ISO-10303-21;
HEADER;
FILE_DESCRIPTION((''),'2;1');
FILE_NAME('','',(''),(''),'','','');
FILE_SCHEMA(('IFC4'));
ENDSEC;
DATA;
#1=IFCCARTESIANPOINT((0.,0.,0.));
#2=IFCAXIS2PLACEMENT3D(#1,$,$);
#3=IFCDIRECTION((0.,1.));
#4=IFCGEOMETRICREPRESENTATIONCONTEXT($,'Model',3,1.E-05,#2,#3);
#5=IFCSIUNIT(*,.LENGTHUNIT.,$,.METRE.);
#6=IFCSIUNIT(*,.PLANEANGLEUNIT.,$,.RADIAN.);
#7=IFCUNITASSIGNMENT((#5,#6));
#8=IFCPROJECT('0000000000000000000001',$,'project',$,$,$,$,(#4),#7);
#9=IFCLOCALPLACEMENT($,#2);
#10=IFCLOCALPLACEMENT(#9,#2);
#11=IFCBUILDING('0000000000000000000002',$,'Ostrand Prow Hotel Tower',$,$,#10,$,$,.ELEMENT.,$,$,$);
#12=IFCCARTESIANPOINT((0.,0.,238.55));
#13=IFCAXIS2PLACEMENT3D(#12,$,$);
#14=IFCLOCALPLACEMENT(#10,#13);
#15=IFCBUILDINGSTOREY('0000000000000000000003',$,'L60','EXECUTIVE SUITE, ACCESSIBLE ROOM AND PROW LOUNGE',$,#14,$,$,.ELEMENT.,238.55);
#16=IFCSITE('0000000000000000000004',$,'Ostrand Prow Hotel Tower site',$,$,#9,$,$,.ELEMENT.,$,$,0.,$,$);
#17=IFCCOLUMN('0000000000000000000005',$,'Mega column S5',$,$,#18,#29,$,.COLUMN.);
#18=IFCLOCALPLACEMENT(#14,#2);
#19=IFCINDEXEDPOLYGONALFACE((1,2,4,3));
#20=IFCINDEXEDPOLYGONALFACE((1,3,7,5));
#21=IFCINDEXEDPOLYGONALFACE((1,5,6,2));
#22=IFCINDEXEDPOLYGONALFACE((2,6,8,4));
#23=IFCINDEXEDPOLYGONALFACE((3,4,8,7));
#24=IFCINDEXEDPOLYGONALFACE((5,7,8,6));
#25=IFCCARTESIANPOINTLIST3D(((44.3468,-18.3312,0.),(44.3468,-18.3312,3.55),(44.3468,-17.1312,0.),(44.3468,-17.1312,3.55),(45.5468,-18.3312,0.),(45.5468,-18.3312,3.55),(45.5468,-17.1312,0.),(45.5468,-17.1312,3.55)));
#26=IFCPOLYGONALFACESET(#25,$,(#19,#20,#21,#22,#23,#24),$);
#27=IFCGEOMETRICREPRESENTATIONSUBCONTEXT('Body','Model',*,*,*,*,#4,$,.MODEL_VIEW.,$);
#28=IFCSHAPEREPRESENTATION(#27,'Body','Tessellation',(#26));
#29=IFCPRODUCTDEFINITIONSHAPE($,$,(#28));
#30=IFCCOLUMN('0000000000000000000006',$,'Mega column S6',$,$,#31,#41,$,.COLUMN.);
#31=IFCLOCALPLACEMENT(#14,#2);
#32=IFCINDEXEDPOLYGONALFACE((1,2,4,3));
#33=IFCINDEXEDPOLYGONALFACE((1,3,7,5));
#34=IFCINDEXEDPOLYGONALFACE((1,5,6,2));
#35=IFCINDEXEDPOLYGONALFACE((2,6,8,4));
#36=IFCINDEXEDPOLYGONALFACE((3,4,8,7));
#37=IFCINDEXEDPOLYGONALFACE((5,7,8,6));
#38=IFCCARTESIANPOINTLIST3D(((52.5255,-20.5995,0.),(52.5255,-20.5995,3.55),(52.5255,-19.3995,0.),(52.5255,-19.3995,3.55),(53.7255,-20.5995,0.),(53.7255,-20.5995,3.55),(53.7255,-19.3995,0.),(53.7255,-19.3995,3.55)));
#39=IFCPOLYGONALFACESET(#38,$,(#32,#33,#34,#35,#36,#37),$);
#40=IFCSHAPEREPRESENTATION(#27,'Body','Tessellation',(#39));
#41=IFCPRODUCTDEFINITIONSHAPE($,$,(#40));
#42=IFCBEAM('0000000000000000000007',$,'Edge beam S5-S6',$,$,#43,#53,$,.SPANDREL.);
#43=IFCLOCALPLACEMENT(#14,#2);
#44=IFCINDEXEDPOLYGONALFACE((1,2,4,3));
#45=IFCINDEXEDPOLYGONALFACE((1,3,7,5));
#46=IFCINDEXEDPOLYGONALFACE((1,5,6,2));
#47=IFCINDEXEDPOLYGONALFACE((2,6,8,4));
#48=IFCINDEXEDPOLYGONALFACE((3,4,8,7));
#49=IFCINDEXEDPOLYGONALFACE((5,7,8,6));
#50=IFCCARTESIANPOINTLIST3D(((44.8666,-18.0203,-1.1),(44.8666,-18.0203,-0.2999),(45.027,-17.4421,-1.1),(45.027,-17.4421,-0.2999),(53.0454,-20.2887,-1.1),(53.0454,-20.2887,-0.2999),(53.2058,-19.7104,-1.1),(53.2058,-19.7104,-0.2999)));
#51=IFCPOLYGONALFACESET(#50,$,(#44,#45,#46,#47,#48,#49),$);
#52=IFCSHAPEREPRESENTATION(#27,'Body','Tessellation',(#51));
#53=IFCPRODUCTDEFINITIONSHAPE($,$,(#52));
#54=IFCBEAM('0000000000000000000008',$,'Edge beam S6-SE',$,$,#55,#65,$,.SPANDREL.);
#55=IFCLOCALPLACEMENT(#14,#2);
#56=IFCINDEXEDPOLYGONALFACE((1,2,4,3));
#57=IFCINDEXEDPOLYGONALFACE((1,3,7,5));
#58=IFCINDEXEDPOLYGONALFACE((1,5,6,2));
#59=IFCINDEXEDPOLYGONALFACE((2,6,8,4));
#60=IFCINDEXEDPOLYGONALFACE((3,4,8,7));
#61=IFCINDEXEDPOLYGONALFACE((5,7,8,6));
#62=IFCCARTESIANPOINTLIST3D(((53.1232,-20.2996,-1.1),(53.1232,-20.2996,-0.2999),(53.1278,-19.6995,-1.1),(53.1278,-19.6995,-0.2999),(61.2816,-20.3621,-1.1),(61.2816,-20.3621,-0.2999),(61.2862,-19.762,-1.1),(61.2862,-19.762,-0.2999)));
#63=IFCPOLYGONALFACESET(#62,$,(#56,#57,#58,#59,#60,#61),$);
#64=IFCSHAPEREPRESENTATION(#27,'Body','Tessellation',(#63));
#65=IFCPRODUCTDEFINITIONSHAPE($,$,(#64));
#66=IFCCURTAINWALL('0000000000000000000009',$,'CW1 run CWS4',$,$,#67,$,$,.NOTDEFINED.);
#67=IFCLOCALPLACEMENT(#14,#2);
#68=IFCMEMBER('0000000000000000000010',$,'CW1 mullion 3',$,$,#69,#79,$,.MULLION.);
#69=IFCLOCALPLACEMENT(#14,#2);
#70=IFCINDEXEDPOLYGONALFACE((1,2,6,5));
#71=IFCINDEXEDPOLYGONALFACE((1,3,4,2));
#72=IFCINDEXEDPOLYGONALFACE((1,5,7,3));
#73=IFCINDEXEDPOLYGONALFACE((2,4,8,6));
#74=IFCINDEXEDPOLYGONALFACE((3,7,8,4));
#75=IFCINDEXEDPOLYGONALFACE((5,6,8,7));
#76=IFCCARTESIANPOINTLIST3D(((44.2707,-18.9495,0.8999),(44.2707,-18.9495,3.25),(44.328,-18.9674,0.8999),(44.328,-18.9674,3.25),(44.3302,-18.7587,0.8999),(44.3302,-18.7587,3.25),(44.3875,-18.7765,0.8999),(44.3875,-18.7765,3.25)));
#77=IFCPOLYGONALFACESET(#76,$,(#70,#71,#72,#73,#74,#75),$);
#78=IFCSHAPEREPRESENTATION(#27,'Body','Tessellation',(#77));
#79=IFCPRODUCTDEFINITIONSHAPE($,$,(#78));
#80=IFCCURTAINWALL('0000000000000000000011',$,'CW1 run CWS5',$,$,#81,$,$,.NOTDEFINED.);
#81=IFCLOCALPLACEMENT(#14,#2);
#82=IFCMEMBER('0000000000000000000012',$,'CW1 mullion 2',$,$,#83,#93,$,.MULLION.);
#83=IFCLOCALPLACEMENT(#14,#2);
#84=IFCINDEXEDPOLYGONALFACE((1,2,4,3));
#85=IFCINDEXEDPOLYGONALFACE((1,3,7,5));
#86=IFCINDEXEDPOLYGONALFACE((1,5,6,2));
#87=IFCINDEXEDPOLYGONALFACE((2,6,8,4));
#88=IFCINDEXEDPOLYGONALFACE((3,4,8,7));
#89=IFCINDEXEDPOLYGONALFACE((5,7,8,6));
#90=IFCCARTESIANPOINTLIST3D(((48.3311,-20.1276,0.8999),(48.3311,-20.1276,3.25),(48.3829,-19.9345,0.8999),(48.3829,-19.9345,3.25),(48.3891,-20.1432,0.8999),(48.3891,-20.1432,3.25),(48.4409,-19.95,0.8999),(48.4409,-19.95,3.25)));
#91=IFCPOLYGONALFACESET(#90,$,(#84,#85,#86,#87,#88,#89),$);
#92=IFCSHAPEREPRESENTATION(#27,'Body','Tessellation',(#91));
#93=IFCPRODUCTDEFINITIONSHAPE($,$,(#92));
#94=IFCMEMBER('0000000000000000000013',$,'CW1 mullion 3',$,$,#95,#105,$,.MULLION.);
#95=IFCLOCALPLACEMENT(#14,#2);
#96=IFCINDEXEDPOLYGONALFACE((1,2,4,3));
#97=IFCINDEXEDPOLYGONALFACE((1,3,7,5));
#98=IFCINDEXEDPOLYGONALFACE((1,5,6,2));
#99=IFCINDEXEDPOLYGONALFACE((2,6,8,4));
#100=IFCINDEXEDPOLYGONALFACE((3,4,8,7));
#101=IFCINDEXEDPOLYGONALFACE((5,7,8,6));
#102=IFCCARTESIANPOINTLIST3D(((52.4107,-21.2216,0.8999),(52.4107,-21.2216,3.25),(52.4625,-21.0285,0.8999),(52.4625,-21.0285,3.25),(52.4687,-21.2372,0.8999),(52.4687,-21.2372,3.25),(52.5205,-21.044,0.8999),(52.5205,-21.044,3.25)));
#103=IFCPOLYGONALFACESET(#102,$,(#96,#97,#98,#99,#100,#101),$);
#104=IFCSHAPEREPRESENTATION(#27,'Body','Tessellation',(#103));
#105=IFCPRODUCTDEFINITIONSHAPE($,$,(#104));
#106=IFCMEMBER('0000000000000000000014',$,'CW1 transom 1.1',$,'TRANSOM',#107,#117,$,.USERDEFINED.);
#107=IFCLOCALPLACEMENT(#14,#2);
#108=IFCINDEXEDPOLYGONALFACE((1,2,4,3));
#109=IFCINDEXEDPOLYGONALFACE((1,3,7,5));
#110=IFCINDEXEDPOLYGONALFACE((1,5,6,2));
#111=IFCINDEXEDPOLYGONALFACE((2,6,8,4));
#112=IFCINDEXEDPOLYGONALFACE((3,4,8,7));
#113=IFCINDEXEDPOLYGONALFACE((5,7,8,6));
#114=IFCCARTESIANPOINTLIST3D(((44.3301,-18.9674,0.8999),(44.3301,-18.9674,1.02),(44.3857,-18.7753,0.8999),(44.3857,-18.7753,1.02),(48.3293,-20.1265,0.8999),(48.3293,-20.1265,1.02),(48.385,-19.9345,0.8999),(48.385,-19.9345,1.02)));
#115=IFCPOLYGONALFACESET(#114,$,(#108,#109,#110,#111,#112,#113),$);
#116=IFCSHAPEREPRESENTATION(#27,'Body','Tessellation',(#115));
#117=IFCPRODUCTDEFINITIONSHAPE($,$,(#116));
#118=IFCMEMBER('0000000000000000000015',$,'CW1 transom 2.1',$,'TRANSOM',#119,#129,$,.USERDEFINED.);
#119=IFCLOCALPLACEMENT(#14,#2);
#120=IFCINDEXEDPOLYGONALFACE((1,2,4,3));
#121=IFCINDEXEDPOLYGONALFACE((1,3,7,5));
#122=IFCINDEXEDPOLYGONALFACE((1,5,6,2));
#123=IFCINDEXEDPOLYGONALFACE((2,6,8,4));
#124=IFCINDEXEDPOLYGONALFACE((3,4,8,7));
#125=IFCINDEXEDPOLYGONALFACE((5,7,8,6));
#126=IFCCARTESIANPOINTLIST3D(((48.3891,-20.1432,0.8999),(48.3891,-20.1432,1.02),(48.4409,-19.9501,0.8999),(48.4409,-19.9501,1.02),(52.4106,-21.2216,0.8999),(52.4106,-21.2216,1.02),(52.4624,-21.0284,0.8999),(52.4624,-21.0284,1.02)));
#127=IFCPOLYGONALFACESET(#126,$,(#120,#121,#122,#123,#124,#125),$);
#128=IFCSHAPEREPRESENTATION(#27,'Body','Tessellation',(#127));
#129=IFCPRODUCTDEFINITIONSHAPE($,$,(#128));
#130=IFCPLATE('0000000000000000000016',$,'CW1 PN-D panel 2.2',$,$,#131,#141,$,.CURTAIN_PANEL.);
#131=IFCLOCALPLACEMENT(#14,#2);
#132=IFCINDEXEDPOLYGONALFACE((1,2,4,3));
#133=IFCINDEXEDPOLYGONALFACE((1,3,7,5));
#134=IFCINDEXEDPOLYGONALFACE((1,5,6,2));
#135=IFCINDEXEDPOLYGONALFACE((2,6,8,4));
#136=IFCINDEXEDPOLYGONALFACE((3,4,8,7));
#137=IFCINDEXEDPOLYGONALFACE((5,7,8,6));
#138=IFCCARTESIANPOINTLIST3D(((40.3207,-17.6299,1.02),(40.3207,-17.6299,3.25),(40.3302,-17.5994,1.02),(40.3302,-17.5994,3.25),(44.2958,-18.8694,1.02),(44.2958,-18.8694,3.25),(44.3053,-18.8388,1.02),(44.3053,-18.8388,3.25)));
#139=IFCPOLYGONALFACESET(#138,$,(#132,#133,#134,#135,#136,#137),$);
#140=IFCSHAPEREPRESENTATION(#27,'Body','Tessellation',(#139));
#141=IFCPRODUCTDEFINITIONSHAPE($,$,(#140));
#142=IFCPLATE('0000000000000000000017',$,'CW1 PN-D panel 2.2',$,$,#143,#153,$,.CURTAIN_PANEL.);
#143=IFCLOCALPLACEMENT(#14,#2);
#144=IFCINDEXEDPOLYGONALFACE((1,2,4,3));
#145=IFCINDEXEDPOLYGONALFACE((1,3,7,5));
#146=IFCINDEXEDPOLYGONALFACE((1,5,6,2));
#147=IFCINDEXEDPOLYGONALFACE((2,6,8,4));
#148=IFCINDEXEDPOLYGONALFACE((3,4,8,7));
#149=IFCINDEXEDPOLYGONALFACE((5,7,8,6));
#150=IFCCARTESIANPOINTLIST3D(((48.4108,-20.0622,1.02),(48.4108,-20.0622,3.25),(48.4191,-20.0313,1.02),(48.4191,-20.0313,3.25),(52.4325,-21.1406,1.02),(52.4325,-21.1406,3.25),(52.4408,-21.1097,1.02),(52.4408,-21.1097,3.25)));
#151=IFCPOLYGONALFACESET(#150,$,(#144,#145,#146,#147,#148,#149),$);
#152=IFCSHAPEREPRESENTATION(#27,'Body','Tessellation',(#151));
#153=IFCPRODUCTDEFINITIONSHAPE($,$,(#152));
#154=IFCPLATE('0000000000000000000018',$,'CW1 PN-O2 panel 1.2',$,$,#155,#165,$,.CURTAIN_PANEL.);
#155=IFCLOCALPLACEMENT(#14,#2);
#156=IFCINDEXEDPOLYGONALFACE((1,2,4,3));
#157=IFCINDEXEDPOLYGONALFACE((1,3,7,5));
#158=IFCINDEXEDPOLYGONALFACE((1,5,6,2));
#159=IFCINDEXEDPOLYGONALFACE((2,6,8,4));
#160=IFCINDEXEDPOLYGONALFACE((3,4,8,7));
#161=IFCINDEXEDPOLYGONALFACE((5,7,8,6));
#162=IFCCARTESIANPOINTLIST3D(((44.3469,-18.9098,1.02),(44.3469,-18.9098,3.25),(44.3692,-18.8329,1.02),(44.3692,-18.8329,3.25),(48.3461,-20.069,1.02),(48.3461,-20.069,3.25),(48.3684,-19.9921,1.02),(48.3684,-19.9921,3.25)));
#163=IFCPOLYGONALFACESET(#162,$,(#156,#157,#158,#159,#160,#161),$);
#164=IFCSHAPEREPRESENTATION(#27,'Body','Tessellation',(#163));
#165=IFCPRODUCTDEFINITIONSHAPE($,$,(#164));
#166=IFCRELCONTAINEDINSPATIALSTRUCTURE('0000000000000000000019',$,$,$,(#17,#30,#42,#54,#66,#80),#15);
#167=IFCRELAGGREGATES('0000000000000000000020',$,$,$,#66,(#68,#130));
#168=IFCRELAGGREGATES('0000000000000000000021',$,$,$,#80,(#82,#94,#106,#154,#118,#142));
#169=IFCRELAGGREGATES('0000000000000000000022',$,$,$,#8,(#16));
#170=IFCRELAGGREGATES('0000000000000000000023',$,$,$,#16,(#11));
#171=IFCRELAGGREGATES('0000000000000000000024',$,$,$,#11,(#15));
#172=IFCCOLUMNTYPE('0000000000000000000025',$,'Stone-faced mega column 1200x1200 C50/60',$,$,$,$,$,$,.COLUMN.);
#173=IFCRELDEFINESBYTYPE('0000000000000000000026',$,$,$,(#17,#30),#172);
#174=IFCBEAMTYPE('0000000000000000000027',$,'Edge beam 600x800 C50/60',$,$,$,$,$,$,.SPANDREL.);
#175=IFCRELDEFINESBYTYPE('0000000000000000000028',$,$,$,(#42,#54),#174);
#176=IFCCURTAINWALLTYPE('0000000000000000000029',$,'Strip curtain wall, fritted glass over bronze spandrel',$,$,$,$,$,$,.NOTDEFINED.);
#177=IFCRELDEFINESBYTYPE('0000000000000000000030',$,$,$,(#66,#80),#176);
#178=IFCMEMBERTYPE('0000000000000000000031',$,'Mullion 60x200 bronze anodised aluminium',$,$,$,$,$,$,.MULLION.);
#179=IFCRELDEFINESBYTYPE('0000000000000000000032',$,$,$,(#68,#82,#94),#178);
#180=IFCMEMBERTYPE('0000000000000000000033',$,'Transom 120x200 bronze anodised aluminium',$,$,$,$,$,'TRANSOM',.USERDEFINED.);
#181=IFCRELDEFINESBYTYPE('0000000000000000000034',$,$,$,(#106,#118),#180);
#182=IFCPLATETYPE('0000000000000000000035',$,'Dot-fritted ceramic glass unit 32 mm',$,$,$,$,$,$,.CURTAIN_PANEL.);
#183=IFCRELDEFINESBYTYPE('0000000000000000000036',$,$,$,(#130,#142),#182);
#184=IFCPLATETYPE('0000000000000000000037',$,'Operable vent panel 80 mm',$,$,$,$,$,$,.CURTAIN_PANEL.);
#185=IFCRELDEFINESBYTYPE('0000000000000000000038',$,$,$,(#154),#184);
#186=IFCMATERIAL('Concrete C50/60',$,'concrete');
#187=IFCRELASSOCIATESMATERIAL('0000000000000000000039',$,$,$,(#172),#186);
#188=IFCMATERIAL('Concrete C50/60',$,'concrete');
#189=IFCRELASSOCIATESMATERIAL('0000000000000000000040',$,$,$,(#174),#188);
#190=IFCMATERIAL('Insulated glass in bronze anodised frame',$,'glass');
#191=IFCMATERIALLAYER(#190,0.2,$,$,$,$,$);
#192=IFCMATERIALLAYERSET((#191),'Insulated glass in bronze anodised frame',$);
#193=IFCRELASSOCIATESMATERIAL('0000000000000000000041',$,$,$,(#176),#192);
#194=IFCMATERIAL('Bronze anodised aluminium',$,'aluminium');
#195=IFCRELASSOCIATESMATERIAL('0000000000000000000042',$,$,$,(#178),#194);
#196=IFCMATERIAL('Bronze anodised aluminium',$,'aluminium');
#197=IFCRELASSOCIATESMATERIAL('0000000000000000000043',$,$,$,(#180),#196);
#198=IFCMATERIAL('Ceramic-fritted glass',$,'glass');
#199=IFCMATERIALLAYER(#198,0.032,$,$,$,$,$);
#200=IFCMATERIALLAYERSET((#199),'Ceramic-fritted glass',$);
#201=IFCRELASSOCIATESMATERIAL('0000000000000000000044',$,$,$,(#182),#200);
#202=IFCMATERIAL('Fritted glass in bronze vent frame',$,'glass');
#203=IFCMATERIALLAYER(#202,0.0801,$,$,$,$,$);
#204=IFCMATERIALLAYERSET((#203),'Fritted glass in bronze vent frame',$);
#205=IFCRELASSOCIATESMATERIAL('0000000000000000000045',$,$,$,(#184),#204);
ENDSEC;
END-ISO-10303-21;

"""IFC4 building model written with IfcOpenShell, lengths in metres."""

from ifc_helpers import new_model, si_unit, direction, frame, origin, origin_2d, place, context, subcontext, project, spatial, rectangle, extrude, material, layer, layer_set, material_profile, profile_set, type_object, element, aggregate, save


model = new_model("IFC4")

# Units and contexts
model_context = context("Model", 3, precision=1e-05, world=origin(), true_north=direction((0.0, 1.0)))
body_context = subcontext(model_context, "Body", "Model", "MODEL_VIEW")
ifc_project = project(units=[si_unit("LENGTHUNIT", "METRE"), si_unit("PLANEANGLEUNIT", "RADIAN")], contexts=[model_context])

# Site, building, storey
site_placement = place(None, origin())
site = spatial("IfcSite", under=ifc_project, at=site_placement, Name="Ostrand Prow Hotel Tower site", CompositionType="ELEMENT", RefElevation=0.0)
building_placement = place(site_placement, origin())
building = spatial("IfcBuilding", under=site, at=building_placement, Name="Ostrand Prow Hotel Tower", CompositionType="ELEMENT")
storey_placement = place(building_placement, frame((0.0, 0.0, 238.55)))
storey = spatial("IfcBuildingStorey", under=building, at=storey_placement, Name="L60", Description="EXECUTIVE SUITE, ACCESSIBLE ROOM AND PROW LOUNGE", CompositionType="ELEMENT", Elevation=238.55)

# Columns
ifc_material_1 = material(Name="Concrete C50/60", Category="concrete")
ifc_material_profile_1 = material_profile(ifc_material_1, rectangle(XDim=1.2, YDim=1.2, at=origin_2d()), Name="RC 1200x1200")
ifc_profile_set_1 = profile_set([ifc_material_profile_1], Name="Concrete C50/60")
column_type = type_object("IfcColumnType", Name="Stone-faced mega column 1200x1200 C50/60", PredefinedType="COLUMN", material=ifc_profile_set_1)
for number, where, z_axis, x_axis, name in (
    (1, (44.9468, -17.7312, 0.0), (0.0, 0.0, 1.0), (1.0, 0.0, 0.0), "Mega column S5"),
    (2, (53.1255, -19.9995, 0.0), (0.0, 0.0, 1.0), (1.0, 0.0, 0.0), "Mega column S6"),
):
    element("IfcColumn", number, at=place(storey_placement, frame(where, z_axis=z_axis, x_axis=x_axis)), inside=storey, type_object=column_type, Name=name, PredefinedType="COLUMN", context=body_context, shape_type="SweptSolid", body=[
        extrude(rectangle(XDim=1.2, YDim=1.2, at=origin_2d()), origin(), (0.0, 0.0, 1.0), 3.55),
    ])

# Beams
ifc_material_2 = material(Name="Concrete C50/60", Category="concrete")
ifc_material_profile_2 = material_profile(ifc_material_2, rectangle(XDim=0.6001, YDim=0.8, at=origin_2d()), Name="RC 600x800")
ifc_profile_set_2 = profile_set([ifc_material_profile_2], Name="Concrete C50/60")
beam_type = type_object("IfcBeamType", Name="Edge beam 600x800 C50/60", PredefinedType="SPANDREL", material=ifc_profile_set_2)
beam_1_placement = place(storey_placement, frame((44.9468, -17.7312, -0.7), z_axis=(0.963626, -0.267255, 0.0), x_axis=(0.267255, 0.963626, 0.0)))
element("IfcBeam", 3, at=beam_1_placement, inside=storey, type_object=beam_type, Name="Edge beam S5-S6", PredefinedType="SPANDREL", context=body_context, shape_type="SweptSolid", body=[
    extrude(rectangle(XDim=0.6001, YDim=0.8, at=origin_2d()), origin(), (0.0, 0.0, 1.0), 8.4875),
])
beam_2_placement = place(storey_placement, frame((53.1255, -19.9995, -0.7), z_axis=(0.999971, -0.007661, 0.0), x_axis=(0.007661, 0.999971, 0.0)))
element("IfcBeam", 4, at=beam_2_placement, inside=storey, type_object=beam_type, Name="Edge beam S6-SE", PredefinedType="SPANDREL", context=body_context, shape_type="SweptSolid", body=[
    extrude(rectangle(XDim=0.6001, YDim=0.8, at=origin_2d()), origin(), (0.0, 0.0, 1.0), 8.1587),
])

# Curtain wall, member
ifc_material_3 = material(Name="Insulated glass in bronze anodised frame", Category="glass")
ifc_layer_1 = layer(ifc_material_3, 0.2)
ifc_layer_set_1 = layer_set([ifc_layer_1], Name="Insulated glass in bronze anodised frame")
curtain_wall_type = type_object("IfcCurtainWallType", Name="Strip curtain wall, fritted glass over bronze spandrel", PredefinedType="NOTDEFINED", material=ifc_layer_set_1)
curtain_wall_1_placement = place(storey_placement, origin())
curtain_wall_1 = element("IfcCurtainWall", 5, at=curtain_wall_1_placement, inside=storey, type_object=curtain_wall_type, Name="CW1 run CWS4", PredefinedType="NOTDEFINED")
ifc_material_4 = material(Name="Bronze anodised aluminium", Category="aluminium")
ifc_material_profile_3 = material_profile(ifc_material_4, rectangle(XDim=0.2, YDim=0.0601, at=origin_2d()), Name="Mullion 60x200 bronze anodised aluminium")
ifc_profile_set_3 = profile_set([ifc_material_profile_3], Name="Bronze anodised aluminium")
member_type_1 = type_object("IfcMemberType", Name="Mullion 60x200 bronze anodised aluminium", PredefinedType="MULLION", material=ifc_profile_set_3)
member_1_placement = place(storey_placement, frame((44.3291, -18.863, 0.8999), z_axis=(0.0, 0.0, 1.0), x_axis=(0.297678, 0.954666, 0.0)))
member_1 = element("IfcMember", 6, at=member_1_placement, type_object=member_type_1, Name="CW1 mullion 3", PredefinedType="MULLION", context=body_context, shape_type="SweptSolid", body=[
    extrude(rectangle(XDim=0.2, YDim=0.0601, at=origin_2d()), origin(), (0.0, 0.0, 1.0), 2.3501),
])

# Curtain wall, members
curtain_wall_2_placement = place(storey_placement, origin())
curtain_wall_2 = element("IfcCurtainWall", 7, at=curtain_wall_2_placement, inside=storey, type_object=curtain_wall_type, Name="CW1 run CWS5", PredefinedType="NOTDEFINED")
member_2_placement = place(storey_placement, frame((48.386, -20.0388, 0.8999), z_axis=(0.0, 0.0, 1.0), x_axis=(0.258994, 0.965879, 0.0)))
member_2 = element("IfcMember", 8, at=member_2_placement, type_object=member_type_1, Name="CW1 mullion 2", PredefinedType="MULLION", context=body_context, shape_type="SweptSolid", body=[
    extrude(rectangle(XDim=0.2, YDim=0.0601, at=origin_2d()), origin(), (0.0, 0.0, 1.0), 2.3501),
])
member_3_placement = place(storey_placement, frame((52.4656, -21.1328, 0.8999), z_axis=(0.0, 0.0, 1.0), x_axis=(0.258994, 0.965879, 0.0)))
member_3 = element("IfcMember", 9, at=member_3_placement, type_object=member_type_1, Name="CW1 mullion 3", PredefinedType="MULLION", context=body_context, shape_type="SweptSolid", body=[
    extrude(rectangle(XDim=0.2, YDim=0.0601, at=origin_2d()), origin(), (0.0, 0.0, 1.0), 2.3501),
])
ifc_material_5 = material(Name="Bronze anodised aluminium", Category="aluminium")
ifc_material_profile_4 = material_profile(ifc_material_5, rectangle(XDim=0.2, YDim=0.1201, at=origin_2d()), Name="Transom 120x200 bronze anodised aluminium")
ifc_profile_set_4 = profile_set([ifc_material_profile_4], Name="Bronze anodised aluminium")
member_type_2 = type_object("IfcMemberType", Name="Transom 120x200 bronze anodised aluminium", ElementType="TRANSOM", PredefinedType="USERDEFINED", material=ifc_profile_set_4)
member_4_placement = place(storey_placement, frame((44.3579, -18.8713, 0.96), z_axis=(0.960468, -0.27839, 0.0), x_axis=(0.27839, 0.960468, 0.0)))
member_4 = element("IfcMember", 10, at=member_4_placement, type_object=member_type_2, Name="CW1 transom 1.1", ObjectType="TRANSOM", PredefinedType="USERDEFINED", context=body_context, shape_type="SweptSolid", body=[
    extrude(rectangle(XDim=0.2, YDim=0.1201, at=origin_2d()), origin(), (0.0, 0.0, 1.0), 4.1638),
])
member_5_placement = place(storey_placement, frame((48.415, -20.0466, 0.96), z_axis=(0.965877, -0.259002, 0.0), x_axis=(0.259002, 0.965877, 0.0)))
member_5 = element("IfcMember", 11, at=member_5_placement, type_object=member_type_2, Name="CW1 transom 2.1", ObjectType="TRANSOM", PredefinedType="USERDEFINED", context=body_context, shape_type="SweptSolid", body=[
    extrude(rectangle(XDim=0.2, YDim=0.1201, at=origin_2d()), origin(), (0.0, 0.0, 1.0), 4.1636),
])

# Plates
ifc_material_6 = material(Name="Ceramic-fritted glass", Category="glass")
ifc_layer_2 = layer(ifc_material_6, 0.032)
ifc_layer_set_2 = layer_set([ifc_layer_2], Name="Ceramic-fritted glass")
plate_type_1 = type_object("IfcPlateType", Name="Dot-fritted ceramic glass unit 32 mm", PredefinedType="CURTAIN_PANEL", material=ifc_layer_set_2)
plate_1_placement = place(storey_placement, frame((42.313, -18.2344, 1.02), z_axis=(0.0, 0.0, 1.0), x_axis=(0.954666, -0.297678, 0.0)))
plate_1 = element("IfcPlate", 12, at=plate_1_placement, type_object=plate_type_1, Name="CW1 PN-D panel 2.2", PredefinedType="CURTAIN_PANEL", context=body_context, shape_type="SweptSolid", body=[
    extrude(rectangle(XDim=4.1638, YDim=0.032, at=origin_2d()), origin(), (0.0, 0.0, 1.0), 2.23),
])
aggregate(curtain_wall_1, [member_1, plate_1])
plate_2_placement = place(storey_placement, frame((50.4258, -20.5859, 1.02), z_axis=(0.0, 0.0, 1.0), x_axis=(0.965879, -0.258994, 0.0)))
plate_2 = element("IfcPlate", 13, at=plate_2_placement, type_object=plate_type_1, Name="CW1 PN-D panel 2.2", PredefinedType="CURTAIN_PANEL", context=body_context, shape_type="SweptSolid", body=[
    extrude(rectangle(XDim=4.1638, YDim=0.032, at=origin_2d()), origin(), (0.0, 0.0, 1.0), 2.23),
])
ifc_material_7 = material(Name="Fritted glass in bronze vent frame", Category="glass")
ifc_layer_3 = layer(ifc_material_7, 0.0801)
ifc_layer_set_3 = layer_set([ifc_layer_3], Name="Fritted glass in bronze vent frame")
plate_type_2 = type_object("IfcPlateType", Name="Operable vent panel 80 mm", PredefinedType="CURTAIN_PANEL", material=ifc_layer_set_3)
plate_3_placement = place(storey_placement, frame((46.3577, -19.4509, 1.02), z_axis=(0.0, 0.0, 1.0), x_axis=(0.960467, -0.278393, 0.0)))
plate_3 = element("IfcPlate", 14, at=plate_3_placement, type_object=plate_type_2, Name="CW1 PN-O2 panel 1.2", PredefinedType="CURTAIN_PANEL", context=body_context, shape_type="SweptSolid", body=[
    extrude(rectangle(XDim=4.1638, YDim=0.0801, at=origin_2d()), origin(), (0.0, 0.0, 1.0), 2.23),
])
aggregate(curtain_wall_2, [member_2, member_3, member_4, plate_3, member_5, plate_2])

save(model, "model.ifc")
